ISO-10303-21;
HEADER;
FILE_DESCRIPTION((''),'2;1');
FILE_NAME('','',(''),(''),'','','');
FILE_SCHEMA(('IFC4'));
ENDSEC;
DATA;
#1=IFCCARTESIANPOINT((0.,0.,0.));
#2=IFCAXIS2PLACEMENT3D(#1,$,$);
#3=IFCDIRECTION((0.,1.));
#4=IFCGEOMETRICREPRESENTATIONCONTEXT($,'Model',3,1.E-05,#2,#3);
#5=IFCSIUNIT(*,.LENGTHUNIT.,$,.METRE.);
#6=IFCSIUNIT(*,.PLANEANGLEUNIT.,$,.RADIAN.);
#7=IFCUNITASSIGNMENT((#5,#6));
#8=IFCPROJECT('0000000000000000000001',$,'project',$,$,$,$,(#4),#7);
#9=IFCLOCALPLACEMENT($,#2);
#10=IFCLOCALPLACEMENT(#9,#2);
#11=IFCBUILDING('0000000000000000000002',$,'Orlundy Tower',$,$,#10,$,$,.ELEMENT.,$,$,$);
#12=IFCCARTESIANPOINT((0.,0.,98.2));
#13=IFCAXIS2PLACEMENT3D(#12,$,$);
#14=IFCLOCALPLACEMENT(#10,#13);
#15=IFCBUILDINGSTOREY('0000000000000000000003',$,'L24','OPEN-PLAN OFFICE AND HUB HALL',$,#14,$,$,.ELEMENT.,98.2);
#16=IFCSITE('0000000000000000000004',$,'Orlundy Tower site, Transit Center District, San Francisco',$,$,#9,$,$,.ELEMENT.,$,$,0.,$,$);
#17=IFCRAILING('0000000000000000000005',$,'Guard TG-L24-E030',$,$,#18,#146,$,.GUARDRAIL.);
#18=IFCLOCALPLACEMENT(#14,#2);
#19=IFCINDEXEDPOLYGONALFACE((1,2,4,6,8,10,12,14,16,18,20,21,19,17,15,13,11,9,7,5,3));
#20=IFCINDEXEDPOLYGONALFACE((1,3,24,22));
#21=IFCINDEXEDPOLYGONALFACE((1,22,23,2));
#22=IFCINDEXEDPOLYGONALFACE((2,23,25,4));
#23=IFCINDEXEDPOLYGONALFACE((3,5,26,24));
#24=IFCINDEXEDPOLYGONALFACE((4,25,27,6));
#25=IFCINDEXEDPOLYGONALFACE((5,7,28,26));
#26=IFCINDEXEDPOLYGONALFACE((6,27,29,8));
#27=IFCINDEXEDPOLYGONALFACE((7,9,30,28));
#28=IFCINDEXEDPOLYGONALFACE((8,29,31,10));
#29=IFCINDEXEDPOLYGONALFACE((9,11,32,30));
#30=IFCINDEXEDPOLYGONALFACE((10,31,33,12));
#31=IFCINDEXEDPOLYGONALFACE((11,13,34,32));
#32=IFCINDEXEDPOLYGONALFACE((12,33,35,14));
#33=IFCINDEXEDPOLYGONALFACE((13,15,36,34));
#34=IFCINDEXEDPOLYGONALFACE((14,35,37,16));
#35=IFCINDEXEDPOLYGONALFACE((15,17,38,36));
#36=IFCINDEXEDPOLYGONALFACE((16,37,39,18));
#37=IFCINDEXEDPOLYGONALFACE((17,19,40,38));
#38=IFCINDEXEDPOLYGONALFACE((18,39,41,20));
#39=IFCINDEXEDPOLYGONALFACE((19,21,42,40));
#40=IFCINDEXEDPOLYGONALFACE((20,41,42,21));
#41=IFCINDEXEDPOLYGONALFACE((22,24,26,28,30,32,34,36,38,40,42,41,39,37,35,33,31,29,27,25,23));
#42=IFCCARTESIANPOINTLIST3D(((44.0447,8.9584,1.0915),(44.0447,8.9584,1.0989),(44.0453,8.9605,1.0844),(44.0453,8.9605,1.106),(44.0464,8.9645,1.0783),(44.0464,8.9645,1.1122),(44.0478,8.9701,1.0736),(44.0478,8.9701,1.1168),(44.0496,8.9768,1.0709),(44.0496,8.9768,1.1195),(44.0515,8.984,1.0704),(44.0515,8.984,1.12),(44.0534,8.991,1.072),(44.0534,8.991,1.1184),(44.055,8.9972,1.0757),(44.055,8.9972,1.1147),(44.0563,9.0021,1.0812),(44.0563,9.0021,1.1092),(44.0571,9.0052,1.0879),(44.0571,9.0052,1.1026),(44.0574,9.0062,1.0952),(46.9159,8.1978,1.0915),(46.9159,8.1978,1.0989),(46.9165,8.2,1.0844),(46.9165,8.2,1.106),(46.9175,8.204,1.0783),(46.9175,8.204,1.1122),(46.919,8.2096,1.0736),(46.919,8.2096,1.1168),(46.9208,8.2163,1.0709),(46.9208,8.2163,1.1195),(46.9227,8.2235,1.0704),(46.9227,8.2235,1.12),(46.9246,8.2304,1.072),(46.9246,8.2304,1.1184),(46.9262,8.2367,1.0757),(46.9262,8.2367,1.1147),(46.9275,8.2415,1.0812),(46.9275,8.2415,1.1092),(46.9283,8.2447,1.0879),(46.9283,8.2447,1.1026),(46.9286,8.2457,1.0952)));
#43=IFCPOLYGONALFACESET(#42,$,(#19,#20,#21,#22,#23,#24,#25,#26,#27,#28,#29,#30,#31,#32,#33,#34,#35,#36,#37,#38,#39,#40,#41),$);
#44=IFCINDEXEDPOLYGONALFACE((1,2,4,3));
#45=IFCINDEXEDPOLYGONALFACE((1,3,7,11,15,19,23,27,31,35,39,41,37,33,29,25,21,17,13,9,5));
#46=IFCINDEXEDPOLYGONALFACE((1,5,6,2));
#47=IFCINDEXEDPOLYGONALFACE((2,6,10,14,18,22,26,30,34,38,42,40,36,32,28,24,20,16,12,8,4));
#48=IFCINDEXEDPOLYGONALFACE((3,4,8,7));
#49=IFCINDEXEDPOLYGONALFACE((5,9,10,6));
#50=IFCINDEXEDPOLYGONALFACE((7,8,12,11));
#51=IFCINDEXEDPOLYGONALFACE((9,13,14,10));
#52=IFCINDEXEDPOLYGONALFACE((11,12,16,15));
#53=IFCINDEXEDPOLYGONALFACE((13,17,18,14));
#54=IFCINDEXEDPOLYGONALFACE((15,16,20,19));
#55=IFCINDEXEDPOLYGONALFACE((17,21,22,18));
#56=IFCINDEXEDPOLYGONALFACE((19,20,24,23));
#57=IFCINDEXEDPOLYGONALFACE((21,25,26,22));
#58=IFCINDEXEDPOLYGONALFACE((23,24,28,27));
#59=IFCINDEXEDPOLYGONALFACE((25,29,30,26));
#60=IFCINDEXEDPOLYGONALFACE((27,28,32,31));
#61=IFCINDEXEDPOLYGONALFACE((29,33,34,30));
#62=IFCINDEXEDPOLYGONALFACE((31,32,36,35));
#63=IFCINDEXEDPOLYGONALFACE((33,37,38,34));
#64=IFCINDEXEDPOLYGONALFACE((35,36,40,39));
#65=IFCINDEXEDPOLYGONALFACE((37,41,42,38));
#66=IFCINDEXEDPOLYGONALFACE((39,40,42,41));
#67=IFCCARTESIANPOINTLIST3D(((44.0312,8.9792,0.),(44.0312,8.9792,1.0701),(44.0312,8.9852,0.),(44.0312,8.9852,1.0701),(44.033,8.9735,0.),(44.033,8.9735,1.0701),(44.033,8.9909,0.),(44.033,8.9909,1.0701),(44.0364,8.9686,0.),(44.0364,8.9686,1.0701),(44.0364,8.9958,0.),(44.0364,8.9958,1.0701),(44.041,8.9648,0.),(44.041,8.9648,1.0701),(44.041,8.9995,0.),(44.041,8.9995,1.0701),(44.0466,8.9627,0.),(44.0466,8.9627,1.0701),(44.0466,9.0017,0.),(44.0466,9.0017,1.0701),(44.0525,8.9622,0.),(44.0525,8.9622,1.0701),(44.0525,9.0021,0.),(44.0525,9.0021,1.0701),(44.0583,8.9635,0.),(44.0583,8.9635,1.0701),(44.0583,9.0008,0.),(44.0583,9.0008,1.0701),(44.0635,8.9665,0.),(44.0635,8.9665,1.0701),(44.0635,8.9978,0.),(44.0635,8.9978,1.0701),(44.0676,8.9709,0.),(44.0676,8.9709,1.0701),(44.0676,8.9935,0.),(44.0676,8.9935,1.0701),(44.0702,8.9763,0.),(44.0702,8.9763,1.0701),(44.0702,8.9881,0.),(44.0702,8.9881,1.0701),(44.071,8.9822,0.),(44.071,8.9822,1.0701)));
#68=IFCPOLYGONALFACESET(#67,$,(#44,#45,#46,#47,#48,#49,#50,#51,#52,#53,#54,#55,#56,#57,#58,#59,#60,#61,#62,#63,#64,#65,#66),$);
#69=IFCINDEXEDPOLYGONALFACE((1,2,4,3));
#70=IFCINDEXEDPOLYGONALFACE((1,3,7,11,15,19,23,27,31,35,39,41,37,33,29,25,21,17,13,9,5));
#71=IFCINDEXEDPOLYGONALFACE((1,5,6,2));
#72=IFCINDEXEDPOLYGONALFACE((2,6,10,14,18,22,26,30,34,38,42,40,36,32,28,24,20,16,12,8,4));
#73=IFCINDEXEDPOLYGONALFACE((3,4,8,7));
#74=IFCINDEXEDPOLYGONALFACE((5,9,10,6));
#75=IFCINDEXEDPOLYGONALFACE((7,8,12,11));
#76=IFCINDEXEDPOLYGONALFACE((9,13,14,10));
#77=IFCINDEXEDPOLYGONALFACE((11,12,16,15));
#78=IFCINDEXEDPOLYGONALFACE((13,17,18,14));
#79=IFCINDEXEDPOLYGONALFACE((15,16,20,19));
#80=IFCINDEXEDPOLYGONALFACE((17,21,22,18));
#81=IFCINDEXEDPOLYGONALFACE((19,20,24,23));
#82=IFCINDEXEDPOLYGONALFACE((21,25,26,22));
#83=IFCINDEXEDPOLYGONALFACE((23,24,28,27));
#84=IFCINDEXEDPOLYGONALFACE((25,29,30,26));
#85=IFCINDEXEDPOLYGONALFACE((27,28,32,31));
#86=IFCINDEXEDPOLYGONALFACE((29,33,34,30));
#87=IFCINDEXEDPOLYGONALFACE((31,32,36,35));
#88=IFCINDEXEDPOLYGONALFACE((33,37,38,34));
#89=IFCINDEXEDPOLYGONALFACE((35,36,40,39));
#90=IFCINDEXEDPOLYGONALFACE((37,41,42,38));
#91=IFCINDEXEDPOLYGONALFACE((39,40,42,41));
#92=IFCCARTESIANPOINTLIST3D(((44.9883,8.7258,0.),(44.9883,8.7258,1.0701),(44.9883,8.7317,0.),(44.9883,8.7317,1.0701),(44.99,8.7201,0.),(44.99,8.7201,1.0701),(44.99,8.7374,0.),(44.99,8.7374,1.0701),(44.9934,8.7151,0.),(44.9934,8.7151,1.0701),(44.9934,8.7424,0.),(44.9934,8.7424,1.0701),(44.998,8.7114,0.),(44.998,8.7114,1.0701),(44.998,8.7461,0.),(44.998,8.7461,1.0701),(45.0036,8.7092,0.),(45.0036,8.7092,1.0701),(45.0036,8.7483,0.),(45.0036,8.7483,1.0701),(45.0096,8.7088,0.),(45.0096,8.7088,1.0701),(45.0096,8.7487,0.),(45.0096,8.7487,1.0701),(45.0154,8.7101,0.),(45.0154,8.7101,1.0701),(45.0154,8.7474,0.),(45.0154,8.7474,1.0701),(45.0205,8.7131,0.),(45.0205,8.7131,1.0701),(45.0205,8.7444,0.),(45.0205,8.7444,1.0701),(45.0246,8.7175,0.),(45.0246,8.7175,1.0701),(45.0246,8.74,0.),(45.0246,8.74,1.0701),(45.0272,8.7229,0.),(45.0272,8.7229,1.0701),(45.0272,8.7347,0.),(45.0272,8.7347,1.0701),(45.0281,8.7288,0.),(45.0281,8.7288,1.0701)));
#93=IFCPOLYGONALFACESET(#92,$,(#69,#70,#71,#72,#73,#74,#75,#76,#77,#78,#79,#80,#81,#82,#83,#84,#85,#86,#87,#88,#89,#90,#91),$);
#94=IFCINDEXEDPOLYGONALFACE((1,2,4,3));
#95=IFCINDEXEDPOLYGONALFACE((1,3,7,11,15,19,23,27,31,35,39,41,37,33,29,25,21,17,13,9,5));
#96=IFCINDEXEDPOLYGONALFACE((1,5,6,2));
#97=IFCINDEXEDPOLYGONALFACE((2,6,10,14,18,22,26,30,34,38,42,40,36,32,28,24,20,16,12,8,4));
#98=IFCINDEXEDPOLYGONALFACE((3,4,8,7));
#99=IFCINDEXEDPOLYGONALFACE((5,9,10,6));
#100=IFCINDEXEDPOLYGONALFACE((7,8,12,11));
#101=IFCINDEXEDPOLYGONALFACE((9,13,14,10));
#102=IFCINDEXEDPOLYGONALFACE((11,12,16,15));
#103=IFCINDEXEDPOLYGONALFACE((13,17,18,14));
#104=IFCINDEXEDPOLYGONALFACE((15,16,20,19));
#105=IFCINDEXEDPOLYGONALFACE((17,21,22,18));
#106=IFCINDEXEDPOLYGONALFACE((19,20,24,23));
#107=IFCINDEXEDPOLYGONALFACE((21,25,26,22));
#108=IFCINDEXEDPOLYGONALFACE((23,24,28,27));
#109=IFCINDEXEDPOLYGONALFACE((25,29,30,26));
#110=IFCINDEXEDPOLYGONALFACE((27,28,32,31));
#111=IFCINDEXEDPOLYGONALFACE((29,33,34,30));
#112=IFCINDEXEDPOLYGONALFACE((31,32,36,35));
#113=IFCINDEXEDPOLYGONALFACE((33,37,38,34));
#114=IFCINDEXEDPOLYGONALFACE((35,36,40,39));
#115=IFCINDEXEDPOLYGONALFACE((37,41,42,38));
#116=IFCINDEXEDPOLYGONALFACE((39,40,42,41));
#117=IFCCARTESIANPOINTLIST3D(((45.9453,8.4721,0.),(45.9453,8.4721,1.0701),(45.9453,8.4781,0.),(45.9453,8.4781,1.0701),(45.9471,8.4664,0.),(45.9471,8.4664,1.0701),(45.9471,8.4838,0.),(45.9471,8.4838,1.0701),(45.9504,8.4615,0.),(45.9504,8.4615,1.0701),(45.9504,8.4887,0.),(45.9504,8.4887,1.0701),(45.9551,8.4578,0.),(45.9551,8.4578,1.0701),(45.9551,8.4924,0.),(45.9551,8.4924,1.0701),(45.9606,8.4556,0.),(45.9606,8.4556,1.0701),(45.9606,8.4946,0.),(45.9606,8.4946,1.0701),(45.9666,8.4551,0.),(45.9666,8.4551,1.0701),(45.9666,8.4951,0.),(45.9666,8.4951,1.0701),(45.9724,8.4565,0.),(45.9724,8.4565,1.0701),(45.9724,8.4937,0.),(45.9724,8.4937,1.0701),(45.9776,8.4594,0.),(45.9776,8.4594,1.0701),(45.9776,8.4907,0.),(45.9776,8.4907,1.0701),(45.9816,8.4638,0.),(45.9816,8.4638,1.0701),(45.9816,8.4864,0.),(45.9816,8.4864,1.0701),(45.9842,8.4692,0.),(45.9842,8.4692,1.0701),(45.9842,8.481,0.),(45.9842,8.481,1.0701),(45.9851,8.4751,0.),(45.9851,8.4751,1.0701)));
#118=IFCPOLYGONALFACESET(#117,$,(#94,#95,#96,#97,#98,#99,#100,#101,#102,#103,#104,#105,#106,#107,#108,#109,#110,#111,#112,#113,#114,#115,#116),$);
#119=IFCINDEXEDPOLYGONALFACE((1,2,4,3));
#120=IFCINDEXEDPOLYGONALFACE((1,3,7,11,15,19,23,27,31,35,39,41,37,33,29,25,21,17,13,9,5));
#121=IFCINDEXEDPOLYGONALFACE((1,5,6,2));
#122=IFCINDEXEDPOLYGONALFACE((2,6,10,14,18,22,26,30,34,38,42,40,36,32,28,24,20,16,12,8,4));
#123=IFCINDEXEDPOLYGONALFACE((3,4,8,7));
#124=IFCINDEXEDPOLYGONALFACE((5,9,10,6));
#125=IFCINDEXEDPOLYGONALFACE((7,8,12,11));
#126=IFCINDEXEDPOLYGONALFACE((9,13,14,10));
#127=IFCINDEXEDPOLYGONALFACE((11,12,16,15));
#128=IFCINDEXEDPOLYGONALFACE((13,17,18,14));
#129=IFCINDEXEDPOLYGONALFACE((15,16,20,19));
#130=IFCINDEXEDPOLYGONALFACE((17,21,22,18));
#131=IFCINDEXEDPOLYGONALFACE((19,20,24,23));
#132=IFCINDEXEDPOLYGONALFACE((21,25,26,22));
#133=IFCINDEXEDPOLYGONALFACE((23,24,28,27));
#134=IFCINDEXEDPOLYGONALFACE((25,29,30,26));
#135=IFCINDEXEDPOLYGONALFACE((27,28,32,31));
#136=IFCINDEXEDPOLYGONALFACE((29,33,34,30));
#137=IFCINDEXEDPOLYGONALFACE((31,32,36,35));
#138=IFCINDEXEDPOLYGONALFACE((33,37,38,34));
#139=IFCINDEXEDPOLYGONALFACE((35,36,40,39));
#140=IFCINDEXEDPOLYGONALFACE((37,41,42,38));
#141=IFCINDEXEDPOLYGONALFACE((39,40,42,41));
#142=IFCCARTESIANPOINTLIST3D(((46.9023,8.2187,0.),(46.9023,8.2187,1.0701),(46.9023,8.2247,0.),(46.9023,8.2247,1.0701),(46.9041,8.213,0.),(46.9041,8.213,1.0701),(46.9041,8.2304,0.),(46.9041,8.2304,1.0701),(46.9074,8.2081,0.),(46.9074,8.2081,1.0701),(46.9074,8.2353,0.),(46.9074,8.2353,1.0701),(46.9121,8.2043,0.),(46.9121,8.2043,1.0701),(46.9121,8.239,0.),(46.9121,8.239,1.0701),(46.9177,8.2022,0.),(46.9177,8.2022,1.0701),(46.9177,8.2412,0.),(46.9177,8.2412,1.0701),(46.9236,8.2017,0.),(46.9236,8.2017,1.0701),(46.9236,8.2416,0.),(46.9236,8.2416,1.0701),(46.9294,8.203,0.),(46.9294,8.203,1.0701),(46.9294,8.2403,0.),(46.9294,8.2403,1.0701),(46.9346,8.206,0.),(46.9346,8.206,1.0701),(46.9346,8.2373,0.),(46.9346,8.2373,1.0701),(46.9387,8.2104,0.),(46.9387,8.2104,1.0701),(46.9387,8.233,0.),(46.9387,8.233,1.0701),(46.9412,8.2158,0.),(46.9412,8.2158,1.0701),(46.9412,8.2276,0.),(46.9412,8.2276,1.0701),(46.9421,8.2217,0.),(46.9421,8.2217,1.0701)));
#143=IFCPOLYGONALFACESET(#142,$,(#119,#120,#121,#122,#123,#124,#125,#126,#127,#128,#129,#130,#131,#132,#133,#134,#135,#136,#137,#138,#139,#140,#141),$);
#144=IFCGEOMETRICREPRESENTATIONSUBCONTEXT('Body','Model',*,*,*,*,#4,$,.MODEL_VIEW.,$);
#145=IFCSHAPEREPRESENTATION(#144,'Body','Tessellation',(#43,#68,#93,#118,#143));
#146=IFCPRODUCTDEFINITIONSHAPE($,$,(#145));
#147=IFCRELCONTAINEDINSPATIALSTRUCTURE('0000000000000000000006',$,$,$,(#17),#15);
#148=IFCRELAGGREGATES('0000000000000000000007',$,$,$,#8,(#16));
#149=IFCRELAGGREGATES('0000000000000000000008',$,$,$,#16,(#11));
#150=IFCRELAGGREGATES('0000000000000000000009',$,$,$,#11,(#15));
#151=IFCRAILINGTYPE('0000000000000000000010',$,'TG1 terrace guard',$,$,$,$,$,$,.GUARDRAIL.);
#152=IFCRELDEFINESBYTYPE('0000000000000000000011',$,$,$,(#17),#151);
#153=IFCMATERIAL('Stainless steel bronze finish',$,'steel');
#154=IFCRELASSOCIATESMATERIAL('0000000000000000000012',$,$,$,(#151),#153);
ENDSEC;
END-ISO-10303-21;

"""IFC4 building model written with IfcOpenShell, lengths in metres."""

from ifc_helpers import new_model, si_unit, direction, frame, origin, origin_2d, place, context, subcontext, project, spatial, circle, extrude, material, type_object, element, save


model = new_model("IFC4")

# Units and contexts
model_context = context("Model", 3, precision=1e-05, world=origin(), true_north=direction((0.0, 1.0)))
body_context = subcontext(model_context, "Body", "Model", "MODEL_VIEW")
ifc_project = project(units=[si_unit("LENGTHUNIT", "METRE"), si_unit("PLANEANGLEUNIT", "RADIAN")], contexts=[model_context])

# Site, building, storey
site_placement = place(None, origin())
site = spatial("IfcSite", under=ifc_project, at=site_placement, Name="Orlundy Tower site, Transit Center District, San Francisco", CompositionType="ELEMENT", RefElevation=0.0)
building_placement = place(site_placement, origin())
building = spatial("IfcBuilding", under=site, at=building_placement, Name="Orlundy Tower", CompositionType="ELEMENT")
storey_placement = place(building_placement, frame((0.0, 0.0, 98.2)))
storey = spatial("IfcBuildingStorey", under=building, at=storey_placement, Name="L24", Description="OPEN-PLAN OFFICE AND HUB HALL", CompositionType="ELEMENT", Elevation=98.2)

# Railing
ifc_material_1 = material(Name="Stainless steel bronze finish", Category="steel")
railing_type = type_object("IfcRailingType", Name="TG1 terrace guard", PredefinedType="GUARDRAIL", material=ifc_material_1)
railing_1_placement = place(storey_placement, frame((44.051, 8.9822, 0.0)))
element("IfcRailing", 1, at=railing_1_placement, inside=storey, type_object=railing_type, Name="Guard TG-L24-E030", PredefinedType="GUARDRAIL", context=body_context, shape_type="SweptSolid", body=[
    extrude(circle(Radius=0.0249, at=origin_2d()), frame((0.0, 0.0, 1.0952), z_axis=(0.966663, -0.256051, 0.0), x_axis=(0.256051, 0.966663, 0.0)), (0.0, 0.0, 1.0), 2.9702),
    extrude(circle(Radius=0.02, at=origin_2d()), origin(), (0.0, 0.0, 1.0), 1.0701),
    extrude(circle(Radius=0.02, at=origin_2d()), frame((0.957, -0.2534, 0.0)), (0.0, 0.0, 1.0), 1.0701),
    extrude(circle(Radius=0.02, at=origin_2d()), frame((1.9141, -0.5071, 0.0)), (0.0, 0.0, 1.0), 1.0701),
    extrude(circle(Radius=0.02, at=origin_2d()), frame((2.8711, -0.7605, 0.0)), (0.0, 0.0, 1.0), 1.0701),
])

save(model, "model.ifc")
